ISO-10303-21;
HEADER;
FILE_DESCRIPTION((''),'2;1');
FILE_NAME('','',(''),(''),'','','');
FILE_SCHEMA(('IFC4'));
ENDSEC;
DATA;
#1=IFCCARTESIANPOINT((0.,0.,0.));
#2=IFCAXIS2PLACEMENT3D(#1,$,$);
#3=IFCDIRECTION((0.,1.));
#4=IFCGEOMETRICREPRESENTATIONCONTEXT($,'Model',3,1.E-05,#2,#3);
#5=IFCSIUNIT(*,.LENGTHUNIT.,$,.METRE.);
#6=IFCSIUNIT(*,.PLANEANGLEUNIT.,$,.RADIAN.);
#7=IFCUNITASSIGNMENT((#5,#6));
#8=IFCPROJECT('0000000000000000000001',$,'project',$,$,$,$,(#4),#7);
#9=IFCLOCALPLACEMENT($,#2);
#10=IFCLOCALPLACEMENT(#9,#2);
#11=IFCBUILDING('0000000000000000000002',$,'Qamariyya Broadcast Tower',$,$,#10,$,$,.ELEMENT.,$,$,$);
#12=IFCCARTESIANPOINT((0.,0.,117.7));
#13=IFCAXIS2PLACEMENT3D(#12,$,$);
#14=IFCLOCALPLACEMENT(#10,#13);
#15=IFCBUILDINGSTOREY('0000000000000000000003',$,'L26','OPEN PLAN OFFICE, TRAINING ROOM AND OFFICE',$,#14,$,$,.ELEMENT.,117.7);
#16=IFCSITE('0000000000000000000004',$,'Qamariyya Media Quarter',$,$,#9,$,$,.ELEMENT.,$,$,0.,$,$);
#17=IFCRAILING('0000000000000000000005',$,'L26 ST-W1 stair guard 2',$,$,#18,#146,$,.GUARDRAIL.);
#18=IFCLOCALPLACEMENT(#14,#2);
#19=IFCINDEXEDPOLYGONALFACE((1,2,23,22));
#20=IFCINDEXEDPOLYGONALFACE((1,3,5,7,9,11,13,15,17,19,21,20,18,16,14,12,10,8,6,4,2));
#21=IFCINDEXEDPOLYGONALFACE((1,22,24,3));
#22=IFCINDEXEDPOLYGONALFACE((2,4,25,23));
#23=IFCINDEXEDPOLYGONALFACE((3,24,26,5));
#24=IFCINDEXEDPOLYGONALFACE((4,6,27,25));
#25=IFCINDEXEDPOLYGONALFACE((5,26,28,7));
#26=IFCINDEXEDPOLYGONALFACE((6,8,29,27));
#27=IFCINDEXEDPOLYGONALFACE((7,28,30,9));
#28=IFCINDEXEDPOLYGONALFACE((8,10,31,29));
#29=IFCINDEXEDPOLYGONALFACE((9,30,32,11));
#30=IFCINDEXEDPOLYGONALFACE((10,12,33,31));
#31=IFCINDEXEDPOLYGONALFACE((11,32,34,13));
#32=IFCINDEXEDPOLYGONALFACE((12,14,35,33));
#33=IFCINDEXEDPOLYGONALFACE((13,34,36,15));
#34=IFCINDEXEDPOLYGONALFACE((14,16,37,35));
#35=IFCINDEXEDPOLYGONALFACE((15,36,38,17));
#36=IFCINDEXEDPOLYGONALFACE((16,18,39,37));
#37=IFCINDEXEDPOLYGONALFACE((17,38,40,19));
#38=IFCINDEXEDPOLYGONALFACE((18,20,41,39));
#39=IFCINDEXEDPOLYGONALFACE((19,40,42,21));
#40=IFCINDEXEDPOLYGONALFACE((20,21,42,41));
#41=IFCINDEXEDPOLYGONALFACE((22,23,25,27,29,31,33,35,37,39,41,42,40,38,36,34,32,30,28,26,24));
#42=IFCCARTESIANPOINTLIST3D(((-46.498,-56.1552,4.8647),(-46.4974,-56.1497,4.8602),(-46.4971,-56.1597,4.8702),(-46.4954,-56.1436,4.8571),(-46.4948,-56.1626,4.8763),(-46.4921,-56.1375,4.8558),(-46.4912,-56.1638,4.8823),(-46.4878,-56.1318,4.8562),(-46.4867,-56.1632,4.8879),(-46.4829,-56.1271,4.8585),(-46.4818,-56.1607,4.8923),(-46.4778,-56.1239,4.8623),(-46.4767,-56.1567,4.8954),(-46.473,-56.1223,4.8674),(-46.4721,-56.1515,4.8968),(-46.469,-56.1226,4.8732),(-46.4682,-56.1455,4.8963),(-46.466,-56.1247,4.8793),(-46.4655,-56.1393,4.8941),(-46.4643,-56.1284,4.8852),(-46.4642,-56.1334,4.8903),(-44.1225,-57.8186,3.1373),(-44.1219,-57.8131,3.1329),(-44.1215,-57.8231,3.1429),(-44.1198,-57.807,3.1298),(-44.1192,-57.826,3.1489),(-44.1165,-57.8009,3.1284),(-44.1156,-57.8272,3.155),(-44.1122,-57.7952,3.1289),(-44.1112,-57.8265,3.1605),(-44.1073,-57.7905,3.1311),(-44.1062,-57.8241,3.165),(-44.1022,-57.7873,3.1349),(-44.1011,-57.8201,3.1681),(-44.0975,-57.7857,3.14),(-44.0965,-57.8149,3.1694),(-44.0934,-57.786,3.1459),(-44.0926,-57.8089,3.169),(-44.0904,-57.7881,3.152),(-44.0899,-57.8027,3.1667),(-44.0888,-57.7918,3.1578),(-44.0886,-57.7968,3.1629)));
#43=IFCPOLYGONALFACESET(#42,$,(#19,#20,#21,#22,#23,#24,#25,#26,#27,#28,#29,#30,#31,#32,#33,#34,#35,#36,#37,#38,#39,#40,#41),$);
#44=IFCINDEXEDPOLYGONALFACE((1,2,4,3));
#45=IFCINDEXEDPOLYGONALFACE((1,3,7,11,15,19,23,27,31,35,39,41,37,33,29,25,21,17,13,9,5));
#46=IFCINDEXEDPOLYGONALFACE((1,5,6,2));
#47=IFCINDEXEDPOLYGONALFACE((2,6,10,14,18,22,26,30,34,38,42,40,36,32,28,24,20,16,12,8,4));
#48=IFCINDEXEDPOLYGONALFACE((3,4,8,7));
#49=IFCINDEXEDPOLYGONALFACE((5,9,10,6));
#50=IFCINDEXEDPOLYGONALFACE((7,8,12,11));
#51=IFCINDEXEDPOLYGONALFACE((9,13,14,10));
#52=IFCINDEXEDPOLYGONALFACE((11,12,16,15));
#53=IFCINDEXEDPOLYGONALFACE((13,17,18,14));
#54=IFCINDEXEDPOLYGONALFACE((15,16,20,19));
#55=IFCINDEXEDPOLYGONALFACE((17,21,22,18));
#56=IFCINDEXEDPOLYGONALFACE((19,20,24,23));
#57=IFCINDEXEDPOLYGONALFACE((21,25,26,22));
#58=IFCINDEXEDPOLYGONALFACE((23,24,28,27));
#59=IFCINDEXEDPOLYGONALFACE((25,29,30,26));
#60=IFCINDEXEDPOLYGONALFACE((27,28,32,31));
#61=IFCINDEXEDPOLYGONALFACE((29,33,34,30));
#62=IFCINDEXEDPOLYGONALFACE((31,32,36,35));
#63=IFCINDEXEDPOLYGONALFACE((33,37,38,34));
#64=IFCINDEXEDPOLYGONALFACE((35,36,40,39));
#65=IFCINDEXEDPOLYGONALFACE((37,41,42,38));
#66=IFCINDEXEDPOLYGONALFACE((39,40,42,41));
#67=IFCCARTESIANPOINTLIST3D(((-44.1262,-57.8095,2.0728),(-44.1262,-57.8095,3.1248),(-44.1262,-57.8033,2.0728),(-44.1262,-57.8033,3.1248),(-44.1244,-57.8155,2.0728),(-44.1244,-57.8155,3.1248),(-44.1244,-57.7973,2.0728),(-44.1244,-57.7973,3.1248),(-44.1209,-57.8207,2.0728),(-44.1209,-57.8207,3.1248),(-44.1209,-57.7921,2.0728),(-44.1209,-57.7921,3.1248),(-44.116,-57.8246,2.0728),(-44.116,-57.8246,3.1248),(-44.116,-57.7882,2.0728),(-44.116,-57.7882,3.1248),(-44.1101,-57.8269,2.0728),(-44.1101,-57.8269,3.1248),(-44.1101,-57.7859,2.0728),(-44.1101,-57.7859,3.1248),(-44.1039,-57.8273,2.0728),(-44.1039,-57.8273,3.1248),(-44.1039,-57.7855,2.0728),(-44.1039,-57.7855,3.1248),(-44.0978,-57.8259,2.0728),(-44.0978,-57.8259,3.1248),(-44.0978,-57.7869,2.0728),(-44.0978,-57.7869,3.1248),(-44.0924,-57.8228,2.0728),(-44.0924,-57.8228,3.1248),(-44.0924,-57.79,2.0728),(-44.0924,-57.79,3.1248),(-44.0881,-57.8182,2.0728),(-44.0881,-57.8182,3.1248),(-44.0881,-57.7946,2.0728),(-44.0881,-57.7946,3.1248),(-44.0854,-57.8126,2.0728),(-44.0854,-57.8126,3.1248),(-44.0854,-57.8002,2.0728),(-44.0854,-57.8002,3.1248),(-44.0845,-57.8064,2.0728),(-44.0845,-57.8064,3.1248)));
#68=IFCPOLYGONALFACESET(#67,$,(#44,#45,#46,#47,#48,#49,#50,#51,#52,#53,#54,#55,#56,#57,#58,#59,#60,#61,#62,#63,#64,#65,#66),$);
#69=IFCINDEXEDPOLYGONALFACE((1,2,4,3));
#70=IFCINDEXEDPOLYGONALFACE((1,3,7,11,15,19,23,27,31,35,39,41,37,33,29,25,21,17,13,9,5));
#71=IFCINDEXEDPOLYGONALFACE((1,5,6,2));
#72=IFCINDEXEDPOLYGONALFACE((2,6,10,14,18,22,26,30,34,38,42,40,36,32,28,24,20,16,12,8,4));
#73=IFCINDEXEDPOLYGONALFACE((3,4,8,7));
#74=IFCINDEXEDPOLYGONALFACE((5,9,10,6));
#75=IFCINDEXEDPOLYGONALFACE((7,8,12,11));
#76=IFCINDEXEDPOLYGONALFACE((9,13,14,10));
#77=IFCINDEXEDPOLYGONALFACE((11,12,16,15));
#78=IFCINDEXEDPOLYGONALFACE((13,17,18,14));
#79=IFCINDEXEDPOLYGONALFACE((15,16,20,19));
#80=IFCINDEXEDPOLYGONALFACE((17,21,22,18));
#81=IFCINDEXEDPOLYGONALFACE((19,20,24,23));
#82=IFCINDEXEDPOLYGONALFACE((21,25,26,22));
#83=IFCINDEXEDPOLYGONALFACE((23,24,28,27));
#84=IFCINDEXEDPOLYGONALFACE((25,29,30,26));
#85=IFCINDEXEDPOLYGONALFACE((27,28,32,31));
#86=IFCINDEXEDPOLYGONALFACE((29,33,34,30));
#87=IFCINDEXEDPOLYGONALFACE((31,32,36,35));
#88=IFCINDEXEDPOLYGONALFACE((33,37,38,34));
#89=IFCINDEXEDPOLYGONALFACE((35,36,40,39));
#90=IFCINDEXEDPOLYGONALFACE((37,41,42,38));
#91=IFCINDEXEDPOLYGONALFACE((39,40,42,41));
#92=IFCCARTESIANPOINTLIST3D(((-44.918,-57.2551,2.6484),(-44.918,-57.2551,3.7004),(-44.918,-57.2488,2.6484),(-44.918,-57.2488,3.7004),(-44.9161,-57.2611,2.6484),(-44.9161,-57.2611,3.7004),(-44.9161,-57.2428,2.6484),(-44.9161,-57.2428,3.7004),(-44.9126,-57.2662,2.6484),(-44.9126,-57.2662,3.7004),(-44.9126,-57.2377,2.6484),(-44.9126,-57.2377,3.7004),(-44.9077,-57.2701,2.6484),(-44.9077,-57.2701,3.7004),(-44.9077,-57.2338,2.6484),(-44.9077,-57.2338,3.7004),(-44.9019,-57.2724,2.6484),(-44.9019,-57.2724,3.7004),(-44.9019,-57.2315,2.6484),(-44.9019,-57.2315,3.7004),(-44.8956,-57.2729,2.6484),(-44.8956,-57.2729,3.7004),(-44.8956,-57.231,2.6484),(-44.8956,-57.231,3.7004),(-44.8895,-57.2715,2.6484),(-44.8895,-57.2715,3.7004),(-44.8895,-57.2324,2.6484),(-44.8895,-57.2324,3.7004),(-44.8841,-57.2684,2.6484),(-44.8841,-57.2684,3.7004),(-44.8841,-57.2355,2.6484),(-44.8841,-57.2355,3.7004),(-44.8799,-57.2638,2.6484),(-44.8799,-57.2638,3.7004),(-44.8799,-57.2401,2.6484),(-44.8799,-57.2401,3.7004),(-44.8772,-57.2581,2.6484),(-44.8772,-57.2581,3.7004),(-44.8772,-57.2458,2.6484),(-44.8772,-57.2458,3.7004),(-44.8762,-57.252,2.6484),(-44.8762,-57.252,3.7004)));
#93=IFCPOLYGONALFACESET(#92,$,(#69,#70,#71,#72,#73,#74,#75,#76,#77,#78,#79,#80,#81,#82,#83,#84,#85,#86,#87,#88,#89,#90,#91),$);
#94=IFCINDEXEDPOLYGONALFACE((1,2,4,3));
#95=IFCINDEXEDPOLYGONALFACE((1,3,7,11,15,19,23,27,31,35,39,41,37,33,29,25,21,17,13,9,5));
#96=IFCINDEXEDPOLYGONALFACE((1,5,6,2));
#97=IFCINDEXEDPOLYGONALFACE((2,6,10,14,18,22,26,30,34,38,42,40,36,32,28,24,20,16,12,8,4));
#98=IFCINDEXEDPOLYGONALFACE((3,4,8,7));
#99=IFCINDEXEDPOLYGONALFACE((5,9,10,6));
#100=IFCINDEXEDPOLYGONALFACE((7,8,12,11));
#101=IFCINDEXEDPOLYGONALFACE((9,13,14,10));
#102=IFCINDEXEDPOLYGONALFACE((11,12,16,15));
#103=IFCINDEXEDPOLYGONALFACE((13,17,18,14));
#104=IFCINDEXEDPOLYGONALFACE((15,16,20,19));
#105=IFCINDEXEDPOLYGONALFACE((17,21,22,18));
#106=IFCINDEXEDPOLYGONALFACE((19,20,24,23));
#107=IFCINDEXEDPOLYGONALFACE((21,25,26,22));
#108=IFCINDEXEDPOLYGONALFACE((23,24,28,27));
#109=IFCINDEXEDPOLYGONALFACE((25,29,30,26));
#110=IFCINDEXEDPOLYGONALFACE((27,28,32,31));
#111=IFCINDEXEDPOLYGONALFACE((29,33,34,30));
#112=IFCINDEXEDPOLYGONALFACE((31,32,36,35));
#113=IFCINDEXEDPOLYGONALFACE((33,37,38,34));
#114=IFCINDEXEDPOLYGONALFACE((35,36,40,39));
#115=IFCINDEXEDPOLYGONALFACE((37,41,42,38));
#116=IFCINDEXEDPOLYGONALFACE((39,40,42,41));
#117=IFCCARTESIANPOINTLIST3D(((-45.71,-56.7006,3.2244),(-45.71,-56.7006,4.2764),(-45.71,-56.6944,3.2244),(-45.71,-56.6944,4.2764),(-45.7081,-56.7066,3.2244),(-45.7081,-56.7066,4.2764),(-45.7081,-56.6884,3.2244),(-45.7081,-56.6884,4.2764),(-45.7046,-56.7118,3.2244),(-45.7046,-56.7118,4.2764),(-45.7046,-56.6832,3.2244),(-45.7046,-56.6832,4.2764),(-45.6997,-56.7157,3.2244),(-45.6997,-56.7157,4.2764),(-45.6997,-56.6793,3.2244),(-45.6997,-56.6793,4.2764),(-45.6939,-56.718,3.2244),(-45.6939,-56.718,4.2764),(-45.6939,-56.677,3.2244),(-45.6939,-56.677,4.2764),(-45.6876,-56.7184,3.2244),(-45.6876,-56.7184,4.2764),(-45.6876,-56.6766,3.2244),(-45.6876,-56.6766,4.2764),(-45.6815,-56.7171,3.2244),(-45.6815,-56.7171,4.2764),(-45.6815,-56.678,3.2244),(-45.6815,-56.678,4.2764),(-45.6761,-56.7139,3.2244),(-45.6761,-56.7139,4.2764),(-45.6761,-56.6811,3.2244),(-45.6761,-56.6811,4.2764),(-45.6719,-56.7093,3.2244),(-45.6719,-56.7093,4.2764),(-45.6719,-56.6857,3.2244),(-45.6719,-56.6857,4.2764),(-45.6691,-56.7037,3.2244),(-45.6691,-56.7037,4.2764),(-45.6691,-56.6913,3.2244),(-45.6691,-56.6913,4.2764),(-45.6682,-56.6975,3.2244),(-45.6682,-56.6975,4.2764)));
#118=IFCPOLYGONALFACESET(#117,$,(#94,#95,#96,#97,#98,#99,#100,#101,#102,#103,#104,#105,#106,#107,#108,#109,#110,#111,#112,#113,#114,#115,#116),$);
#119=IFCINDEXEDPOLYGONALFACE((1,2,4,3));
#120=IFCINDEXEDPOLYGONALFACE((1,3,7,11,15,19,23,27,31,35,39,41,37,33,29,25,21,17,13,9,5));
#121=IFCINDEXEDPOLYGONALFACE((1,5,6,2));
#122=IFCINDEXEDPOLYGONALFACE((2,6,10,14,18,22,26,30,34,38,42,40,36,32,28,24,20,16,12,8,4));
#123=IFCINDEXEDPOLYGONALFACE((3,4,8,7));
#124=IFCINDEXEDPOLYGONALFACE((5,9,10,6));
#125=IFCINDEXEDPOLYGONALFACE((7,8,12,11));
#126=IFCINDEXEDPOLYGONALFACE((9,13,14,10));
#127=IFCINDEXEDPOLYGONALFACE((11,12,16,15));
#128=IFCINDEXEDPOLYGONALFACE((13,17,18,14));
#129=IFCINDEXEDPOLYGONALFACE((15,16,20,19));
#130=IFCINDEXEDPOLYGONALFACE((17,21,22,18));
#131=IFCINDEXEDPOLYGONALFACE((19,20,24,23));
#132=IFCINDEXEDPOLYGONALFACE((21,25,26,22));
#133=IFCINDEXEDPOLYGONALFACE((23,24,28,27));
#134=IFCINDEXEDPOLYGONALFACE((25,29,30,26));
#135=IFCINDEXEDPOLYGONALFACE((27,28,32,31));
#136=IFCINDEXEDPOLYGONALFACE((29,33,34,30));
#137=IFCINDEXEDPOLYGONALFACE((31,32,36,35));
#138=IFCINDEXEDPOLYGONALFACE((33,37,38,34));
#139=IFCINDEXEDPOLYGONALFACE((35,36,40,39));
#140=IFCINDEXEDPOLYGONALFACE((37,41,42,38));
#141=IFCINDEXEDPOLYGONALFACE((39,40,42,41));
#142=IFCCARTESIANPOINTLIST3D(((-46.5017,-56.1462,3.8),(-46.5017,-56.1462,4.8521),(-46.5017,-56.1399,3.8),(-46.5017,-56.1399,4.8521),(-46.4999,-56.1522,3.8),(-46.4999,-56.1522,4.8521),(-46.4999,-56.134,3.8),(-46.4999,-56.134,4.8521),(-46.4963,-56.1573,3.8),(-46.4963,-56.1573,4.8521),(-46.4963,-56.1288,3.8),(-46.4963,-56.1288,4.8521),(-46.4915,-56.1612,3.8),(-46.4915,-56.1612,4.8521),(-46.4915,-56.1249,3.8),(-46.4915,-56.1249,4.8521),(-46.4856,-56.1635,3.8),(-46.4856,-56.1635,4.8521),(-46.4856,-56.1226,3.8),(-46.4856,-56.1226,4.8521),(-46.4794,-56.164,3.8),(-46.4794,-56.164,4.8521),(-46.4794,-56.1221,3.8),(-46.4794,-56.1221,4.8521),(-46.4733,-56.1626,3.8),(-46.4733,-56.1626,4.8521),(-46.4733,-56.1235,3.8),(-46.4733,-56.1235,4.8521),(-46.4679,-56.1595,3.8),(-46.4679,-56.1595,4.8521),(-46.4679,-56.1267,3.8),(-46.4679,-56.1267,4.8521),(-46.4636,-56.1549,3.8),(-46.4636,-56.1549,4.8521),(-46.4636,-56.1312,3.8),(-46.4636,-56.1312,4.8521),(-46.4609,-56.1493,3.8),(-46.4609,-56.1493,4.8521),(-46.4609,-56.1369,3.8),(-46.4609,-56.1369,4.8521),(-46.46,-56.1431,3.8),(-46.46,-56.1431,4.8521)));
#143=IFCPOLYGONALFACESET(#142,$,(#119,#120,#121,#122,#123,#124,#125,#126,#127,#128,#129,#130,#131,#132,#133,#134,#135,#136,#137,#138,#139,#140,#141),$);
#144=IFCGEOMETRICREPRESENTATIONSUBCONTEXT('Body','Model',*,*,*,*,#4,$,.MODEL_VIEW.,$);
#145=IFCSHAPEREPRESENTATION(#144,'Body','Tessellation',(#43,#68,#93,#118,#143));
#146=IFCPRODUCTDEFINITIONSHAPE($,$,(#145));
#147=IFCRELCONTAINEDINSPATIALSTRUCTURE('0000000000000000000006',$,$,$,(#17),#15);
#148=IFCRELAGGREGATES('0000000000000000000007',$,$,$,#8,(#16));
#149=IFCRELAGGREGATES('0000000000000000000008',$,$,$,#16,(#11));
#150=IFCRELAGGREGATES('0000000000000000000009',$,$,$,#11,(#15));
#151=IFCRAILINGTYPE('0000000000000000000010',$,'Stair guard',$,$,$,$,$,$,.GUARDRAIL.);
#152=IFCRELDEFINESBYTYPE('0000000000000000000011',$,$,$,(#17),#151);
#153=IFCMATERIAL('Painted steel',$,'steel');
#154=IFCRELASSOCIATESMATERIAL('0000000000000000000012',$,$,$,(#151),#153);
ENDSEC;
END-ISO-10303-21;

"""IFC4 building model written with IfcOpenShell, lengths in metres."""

from ifc_helpers import new_model, si_unit, direction, frame, origin, origin_2d, place, context, subcontext, project, spatial, circle, extrude, material, type_object, element, save


model = new_model("IFC4")

# Units and contexts
model_context = context("Model", 3, precision=1e-05, world=origin(), true_north=direction((0.0, 1.0)))
body_context = subcontext(model_context, "Body", "Model", "MODEL_VIEW")
ifc_project = project(units=[si_unit("LENGTHUNIT", "METRE"), si_unit("PLANEANGLEUNIT", "RADIAN")], contexts=[model_context])

# Site, building, storey
site_placement = place(None, origin())
site = spatial("IfcSite", under=ifc_project, at=site_placement, Name="Qamariyya Media Quarter", CompositionType="ELEMENT", RefElevation=0.0)
building_placement = place(site_placement, origin())
building = spatial("IfcBuilding", under=site, at=building_placement, Name="Qamariyya Broadcast Tower", CompositionType="ELEMENT")
storey_placement = place(building_placement, frame((0.0, 0.0, 117.7)))
storey = spatial("IfcBuildingStorey", under=building, at=storey_placement, Name="L26", Description="OPEN PLAN OFFICE, TRAINING ROOM AND OFFICE", CompositionType="ELEMENT", Elevation=117.7)

# Railing
ifc_material_1 = material(Name="Painted steel", Category="steel")
railing_type_1 = type_object("IfcRailingType", Name="Stair guard", PredefinedType="GUARDRAIL", material=ifc_material_1)
railing_1_placement = place(storey_placement, frame((-44.1055, -57.8064, 2.0728)))
element("IfcRailing", 1, at=railing_1_placement, inside=storey, type_object=railing_type_1, Name="L26 ST-W1 stair guard 2", PredefinedType="GUARDRAIL", context=body_context, shape_type="SweptSolid", body=[
    extrude(circle(Radius=0.0239, at=origin_2d()), frame((0.0, 0.0, 1.0762), z_axis=(-0.70377, 0.492784, 0.511734), x_axis=(-0.573575, -0.819153, 0.0)), (0.0, 0.0, 1.0), 3.3755),
    extrude(circle(Radius=0.021, at=origin_2d()), origin(), (0.0, 0.0, 1.0), 1.052),
    extrude(circle(Radius=0.021, at=origin_2d()), frame((-0.7917, 0.5544, 0.5757)), (0.0, 0.0, 1.0), 1.052),
    extrude(circle(Radius=0.021, at=origin_2d()), frame((-1.5837, 1.1089, 1.1516)), (0.0, 0.0, 1.0), 1.052),
    extrude(circle(Radius=0.021, at=origin_2d()), frame((-2.3755, 1.6633, 1.7273)), (0.0, 0.0, 1.0), 1.052),
])

save(model, "model.ifc")
